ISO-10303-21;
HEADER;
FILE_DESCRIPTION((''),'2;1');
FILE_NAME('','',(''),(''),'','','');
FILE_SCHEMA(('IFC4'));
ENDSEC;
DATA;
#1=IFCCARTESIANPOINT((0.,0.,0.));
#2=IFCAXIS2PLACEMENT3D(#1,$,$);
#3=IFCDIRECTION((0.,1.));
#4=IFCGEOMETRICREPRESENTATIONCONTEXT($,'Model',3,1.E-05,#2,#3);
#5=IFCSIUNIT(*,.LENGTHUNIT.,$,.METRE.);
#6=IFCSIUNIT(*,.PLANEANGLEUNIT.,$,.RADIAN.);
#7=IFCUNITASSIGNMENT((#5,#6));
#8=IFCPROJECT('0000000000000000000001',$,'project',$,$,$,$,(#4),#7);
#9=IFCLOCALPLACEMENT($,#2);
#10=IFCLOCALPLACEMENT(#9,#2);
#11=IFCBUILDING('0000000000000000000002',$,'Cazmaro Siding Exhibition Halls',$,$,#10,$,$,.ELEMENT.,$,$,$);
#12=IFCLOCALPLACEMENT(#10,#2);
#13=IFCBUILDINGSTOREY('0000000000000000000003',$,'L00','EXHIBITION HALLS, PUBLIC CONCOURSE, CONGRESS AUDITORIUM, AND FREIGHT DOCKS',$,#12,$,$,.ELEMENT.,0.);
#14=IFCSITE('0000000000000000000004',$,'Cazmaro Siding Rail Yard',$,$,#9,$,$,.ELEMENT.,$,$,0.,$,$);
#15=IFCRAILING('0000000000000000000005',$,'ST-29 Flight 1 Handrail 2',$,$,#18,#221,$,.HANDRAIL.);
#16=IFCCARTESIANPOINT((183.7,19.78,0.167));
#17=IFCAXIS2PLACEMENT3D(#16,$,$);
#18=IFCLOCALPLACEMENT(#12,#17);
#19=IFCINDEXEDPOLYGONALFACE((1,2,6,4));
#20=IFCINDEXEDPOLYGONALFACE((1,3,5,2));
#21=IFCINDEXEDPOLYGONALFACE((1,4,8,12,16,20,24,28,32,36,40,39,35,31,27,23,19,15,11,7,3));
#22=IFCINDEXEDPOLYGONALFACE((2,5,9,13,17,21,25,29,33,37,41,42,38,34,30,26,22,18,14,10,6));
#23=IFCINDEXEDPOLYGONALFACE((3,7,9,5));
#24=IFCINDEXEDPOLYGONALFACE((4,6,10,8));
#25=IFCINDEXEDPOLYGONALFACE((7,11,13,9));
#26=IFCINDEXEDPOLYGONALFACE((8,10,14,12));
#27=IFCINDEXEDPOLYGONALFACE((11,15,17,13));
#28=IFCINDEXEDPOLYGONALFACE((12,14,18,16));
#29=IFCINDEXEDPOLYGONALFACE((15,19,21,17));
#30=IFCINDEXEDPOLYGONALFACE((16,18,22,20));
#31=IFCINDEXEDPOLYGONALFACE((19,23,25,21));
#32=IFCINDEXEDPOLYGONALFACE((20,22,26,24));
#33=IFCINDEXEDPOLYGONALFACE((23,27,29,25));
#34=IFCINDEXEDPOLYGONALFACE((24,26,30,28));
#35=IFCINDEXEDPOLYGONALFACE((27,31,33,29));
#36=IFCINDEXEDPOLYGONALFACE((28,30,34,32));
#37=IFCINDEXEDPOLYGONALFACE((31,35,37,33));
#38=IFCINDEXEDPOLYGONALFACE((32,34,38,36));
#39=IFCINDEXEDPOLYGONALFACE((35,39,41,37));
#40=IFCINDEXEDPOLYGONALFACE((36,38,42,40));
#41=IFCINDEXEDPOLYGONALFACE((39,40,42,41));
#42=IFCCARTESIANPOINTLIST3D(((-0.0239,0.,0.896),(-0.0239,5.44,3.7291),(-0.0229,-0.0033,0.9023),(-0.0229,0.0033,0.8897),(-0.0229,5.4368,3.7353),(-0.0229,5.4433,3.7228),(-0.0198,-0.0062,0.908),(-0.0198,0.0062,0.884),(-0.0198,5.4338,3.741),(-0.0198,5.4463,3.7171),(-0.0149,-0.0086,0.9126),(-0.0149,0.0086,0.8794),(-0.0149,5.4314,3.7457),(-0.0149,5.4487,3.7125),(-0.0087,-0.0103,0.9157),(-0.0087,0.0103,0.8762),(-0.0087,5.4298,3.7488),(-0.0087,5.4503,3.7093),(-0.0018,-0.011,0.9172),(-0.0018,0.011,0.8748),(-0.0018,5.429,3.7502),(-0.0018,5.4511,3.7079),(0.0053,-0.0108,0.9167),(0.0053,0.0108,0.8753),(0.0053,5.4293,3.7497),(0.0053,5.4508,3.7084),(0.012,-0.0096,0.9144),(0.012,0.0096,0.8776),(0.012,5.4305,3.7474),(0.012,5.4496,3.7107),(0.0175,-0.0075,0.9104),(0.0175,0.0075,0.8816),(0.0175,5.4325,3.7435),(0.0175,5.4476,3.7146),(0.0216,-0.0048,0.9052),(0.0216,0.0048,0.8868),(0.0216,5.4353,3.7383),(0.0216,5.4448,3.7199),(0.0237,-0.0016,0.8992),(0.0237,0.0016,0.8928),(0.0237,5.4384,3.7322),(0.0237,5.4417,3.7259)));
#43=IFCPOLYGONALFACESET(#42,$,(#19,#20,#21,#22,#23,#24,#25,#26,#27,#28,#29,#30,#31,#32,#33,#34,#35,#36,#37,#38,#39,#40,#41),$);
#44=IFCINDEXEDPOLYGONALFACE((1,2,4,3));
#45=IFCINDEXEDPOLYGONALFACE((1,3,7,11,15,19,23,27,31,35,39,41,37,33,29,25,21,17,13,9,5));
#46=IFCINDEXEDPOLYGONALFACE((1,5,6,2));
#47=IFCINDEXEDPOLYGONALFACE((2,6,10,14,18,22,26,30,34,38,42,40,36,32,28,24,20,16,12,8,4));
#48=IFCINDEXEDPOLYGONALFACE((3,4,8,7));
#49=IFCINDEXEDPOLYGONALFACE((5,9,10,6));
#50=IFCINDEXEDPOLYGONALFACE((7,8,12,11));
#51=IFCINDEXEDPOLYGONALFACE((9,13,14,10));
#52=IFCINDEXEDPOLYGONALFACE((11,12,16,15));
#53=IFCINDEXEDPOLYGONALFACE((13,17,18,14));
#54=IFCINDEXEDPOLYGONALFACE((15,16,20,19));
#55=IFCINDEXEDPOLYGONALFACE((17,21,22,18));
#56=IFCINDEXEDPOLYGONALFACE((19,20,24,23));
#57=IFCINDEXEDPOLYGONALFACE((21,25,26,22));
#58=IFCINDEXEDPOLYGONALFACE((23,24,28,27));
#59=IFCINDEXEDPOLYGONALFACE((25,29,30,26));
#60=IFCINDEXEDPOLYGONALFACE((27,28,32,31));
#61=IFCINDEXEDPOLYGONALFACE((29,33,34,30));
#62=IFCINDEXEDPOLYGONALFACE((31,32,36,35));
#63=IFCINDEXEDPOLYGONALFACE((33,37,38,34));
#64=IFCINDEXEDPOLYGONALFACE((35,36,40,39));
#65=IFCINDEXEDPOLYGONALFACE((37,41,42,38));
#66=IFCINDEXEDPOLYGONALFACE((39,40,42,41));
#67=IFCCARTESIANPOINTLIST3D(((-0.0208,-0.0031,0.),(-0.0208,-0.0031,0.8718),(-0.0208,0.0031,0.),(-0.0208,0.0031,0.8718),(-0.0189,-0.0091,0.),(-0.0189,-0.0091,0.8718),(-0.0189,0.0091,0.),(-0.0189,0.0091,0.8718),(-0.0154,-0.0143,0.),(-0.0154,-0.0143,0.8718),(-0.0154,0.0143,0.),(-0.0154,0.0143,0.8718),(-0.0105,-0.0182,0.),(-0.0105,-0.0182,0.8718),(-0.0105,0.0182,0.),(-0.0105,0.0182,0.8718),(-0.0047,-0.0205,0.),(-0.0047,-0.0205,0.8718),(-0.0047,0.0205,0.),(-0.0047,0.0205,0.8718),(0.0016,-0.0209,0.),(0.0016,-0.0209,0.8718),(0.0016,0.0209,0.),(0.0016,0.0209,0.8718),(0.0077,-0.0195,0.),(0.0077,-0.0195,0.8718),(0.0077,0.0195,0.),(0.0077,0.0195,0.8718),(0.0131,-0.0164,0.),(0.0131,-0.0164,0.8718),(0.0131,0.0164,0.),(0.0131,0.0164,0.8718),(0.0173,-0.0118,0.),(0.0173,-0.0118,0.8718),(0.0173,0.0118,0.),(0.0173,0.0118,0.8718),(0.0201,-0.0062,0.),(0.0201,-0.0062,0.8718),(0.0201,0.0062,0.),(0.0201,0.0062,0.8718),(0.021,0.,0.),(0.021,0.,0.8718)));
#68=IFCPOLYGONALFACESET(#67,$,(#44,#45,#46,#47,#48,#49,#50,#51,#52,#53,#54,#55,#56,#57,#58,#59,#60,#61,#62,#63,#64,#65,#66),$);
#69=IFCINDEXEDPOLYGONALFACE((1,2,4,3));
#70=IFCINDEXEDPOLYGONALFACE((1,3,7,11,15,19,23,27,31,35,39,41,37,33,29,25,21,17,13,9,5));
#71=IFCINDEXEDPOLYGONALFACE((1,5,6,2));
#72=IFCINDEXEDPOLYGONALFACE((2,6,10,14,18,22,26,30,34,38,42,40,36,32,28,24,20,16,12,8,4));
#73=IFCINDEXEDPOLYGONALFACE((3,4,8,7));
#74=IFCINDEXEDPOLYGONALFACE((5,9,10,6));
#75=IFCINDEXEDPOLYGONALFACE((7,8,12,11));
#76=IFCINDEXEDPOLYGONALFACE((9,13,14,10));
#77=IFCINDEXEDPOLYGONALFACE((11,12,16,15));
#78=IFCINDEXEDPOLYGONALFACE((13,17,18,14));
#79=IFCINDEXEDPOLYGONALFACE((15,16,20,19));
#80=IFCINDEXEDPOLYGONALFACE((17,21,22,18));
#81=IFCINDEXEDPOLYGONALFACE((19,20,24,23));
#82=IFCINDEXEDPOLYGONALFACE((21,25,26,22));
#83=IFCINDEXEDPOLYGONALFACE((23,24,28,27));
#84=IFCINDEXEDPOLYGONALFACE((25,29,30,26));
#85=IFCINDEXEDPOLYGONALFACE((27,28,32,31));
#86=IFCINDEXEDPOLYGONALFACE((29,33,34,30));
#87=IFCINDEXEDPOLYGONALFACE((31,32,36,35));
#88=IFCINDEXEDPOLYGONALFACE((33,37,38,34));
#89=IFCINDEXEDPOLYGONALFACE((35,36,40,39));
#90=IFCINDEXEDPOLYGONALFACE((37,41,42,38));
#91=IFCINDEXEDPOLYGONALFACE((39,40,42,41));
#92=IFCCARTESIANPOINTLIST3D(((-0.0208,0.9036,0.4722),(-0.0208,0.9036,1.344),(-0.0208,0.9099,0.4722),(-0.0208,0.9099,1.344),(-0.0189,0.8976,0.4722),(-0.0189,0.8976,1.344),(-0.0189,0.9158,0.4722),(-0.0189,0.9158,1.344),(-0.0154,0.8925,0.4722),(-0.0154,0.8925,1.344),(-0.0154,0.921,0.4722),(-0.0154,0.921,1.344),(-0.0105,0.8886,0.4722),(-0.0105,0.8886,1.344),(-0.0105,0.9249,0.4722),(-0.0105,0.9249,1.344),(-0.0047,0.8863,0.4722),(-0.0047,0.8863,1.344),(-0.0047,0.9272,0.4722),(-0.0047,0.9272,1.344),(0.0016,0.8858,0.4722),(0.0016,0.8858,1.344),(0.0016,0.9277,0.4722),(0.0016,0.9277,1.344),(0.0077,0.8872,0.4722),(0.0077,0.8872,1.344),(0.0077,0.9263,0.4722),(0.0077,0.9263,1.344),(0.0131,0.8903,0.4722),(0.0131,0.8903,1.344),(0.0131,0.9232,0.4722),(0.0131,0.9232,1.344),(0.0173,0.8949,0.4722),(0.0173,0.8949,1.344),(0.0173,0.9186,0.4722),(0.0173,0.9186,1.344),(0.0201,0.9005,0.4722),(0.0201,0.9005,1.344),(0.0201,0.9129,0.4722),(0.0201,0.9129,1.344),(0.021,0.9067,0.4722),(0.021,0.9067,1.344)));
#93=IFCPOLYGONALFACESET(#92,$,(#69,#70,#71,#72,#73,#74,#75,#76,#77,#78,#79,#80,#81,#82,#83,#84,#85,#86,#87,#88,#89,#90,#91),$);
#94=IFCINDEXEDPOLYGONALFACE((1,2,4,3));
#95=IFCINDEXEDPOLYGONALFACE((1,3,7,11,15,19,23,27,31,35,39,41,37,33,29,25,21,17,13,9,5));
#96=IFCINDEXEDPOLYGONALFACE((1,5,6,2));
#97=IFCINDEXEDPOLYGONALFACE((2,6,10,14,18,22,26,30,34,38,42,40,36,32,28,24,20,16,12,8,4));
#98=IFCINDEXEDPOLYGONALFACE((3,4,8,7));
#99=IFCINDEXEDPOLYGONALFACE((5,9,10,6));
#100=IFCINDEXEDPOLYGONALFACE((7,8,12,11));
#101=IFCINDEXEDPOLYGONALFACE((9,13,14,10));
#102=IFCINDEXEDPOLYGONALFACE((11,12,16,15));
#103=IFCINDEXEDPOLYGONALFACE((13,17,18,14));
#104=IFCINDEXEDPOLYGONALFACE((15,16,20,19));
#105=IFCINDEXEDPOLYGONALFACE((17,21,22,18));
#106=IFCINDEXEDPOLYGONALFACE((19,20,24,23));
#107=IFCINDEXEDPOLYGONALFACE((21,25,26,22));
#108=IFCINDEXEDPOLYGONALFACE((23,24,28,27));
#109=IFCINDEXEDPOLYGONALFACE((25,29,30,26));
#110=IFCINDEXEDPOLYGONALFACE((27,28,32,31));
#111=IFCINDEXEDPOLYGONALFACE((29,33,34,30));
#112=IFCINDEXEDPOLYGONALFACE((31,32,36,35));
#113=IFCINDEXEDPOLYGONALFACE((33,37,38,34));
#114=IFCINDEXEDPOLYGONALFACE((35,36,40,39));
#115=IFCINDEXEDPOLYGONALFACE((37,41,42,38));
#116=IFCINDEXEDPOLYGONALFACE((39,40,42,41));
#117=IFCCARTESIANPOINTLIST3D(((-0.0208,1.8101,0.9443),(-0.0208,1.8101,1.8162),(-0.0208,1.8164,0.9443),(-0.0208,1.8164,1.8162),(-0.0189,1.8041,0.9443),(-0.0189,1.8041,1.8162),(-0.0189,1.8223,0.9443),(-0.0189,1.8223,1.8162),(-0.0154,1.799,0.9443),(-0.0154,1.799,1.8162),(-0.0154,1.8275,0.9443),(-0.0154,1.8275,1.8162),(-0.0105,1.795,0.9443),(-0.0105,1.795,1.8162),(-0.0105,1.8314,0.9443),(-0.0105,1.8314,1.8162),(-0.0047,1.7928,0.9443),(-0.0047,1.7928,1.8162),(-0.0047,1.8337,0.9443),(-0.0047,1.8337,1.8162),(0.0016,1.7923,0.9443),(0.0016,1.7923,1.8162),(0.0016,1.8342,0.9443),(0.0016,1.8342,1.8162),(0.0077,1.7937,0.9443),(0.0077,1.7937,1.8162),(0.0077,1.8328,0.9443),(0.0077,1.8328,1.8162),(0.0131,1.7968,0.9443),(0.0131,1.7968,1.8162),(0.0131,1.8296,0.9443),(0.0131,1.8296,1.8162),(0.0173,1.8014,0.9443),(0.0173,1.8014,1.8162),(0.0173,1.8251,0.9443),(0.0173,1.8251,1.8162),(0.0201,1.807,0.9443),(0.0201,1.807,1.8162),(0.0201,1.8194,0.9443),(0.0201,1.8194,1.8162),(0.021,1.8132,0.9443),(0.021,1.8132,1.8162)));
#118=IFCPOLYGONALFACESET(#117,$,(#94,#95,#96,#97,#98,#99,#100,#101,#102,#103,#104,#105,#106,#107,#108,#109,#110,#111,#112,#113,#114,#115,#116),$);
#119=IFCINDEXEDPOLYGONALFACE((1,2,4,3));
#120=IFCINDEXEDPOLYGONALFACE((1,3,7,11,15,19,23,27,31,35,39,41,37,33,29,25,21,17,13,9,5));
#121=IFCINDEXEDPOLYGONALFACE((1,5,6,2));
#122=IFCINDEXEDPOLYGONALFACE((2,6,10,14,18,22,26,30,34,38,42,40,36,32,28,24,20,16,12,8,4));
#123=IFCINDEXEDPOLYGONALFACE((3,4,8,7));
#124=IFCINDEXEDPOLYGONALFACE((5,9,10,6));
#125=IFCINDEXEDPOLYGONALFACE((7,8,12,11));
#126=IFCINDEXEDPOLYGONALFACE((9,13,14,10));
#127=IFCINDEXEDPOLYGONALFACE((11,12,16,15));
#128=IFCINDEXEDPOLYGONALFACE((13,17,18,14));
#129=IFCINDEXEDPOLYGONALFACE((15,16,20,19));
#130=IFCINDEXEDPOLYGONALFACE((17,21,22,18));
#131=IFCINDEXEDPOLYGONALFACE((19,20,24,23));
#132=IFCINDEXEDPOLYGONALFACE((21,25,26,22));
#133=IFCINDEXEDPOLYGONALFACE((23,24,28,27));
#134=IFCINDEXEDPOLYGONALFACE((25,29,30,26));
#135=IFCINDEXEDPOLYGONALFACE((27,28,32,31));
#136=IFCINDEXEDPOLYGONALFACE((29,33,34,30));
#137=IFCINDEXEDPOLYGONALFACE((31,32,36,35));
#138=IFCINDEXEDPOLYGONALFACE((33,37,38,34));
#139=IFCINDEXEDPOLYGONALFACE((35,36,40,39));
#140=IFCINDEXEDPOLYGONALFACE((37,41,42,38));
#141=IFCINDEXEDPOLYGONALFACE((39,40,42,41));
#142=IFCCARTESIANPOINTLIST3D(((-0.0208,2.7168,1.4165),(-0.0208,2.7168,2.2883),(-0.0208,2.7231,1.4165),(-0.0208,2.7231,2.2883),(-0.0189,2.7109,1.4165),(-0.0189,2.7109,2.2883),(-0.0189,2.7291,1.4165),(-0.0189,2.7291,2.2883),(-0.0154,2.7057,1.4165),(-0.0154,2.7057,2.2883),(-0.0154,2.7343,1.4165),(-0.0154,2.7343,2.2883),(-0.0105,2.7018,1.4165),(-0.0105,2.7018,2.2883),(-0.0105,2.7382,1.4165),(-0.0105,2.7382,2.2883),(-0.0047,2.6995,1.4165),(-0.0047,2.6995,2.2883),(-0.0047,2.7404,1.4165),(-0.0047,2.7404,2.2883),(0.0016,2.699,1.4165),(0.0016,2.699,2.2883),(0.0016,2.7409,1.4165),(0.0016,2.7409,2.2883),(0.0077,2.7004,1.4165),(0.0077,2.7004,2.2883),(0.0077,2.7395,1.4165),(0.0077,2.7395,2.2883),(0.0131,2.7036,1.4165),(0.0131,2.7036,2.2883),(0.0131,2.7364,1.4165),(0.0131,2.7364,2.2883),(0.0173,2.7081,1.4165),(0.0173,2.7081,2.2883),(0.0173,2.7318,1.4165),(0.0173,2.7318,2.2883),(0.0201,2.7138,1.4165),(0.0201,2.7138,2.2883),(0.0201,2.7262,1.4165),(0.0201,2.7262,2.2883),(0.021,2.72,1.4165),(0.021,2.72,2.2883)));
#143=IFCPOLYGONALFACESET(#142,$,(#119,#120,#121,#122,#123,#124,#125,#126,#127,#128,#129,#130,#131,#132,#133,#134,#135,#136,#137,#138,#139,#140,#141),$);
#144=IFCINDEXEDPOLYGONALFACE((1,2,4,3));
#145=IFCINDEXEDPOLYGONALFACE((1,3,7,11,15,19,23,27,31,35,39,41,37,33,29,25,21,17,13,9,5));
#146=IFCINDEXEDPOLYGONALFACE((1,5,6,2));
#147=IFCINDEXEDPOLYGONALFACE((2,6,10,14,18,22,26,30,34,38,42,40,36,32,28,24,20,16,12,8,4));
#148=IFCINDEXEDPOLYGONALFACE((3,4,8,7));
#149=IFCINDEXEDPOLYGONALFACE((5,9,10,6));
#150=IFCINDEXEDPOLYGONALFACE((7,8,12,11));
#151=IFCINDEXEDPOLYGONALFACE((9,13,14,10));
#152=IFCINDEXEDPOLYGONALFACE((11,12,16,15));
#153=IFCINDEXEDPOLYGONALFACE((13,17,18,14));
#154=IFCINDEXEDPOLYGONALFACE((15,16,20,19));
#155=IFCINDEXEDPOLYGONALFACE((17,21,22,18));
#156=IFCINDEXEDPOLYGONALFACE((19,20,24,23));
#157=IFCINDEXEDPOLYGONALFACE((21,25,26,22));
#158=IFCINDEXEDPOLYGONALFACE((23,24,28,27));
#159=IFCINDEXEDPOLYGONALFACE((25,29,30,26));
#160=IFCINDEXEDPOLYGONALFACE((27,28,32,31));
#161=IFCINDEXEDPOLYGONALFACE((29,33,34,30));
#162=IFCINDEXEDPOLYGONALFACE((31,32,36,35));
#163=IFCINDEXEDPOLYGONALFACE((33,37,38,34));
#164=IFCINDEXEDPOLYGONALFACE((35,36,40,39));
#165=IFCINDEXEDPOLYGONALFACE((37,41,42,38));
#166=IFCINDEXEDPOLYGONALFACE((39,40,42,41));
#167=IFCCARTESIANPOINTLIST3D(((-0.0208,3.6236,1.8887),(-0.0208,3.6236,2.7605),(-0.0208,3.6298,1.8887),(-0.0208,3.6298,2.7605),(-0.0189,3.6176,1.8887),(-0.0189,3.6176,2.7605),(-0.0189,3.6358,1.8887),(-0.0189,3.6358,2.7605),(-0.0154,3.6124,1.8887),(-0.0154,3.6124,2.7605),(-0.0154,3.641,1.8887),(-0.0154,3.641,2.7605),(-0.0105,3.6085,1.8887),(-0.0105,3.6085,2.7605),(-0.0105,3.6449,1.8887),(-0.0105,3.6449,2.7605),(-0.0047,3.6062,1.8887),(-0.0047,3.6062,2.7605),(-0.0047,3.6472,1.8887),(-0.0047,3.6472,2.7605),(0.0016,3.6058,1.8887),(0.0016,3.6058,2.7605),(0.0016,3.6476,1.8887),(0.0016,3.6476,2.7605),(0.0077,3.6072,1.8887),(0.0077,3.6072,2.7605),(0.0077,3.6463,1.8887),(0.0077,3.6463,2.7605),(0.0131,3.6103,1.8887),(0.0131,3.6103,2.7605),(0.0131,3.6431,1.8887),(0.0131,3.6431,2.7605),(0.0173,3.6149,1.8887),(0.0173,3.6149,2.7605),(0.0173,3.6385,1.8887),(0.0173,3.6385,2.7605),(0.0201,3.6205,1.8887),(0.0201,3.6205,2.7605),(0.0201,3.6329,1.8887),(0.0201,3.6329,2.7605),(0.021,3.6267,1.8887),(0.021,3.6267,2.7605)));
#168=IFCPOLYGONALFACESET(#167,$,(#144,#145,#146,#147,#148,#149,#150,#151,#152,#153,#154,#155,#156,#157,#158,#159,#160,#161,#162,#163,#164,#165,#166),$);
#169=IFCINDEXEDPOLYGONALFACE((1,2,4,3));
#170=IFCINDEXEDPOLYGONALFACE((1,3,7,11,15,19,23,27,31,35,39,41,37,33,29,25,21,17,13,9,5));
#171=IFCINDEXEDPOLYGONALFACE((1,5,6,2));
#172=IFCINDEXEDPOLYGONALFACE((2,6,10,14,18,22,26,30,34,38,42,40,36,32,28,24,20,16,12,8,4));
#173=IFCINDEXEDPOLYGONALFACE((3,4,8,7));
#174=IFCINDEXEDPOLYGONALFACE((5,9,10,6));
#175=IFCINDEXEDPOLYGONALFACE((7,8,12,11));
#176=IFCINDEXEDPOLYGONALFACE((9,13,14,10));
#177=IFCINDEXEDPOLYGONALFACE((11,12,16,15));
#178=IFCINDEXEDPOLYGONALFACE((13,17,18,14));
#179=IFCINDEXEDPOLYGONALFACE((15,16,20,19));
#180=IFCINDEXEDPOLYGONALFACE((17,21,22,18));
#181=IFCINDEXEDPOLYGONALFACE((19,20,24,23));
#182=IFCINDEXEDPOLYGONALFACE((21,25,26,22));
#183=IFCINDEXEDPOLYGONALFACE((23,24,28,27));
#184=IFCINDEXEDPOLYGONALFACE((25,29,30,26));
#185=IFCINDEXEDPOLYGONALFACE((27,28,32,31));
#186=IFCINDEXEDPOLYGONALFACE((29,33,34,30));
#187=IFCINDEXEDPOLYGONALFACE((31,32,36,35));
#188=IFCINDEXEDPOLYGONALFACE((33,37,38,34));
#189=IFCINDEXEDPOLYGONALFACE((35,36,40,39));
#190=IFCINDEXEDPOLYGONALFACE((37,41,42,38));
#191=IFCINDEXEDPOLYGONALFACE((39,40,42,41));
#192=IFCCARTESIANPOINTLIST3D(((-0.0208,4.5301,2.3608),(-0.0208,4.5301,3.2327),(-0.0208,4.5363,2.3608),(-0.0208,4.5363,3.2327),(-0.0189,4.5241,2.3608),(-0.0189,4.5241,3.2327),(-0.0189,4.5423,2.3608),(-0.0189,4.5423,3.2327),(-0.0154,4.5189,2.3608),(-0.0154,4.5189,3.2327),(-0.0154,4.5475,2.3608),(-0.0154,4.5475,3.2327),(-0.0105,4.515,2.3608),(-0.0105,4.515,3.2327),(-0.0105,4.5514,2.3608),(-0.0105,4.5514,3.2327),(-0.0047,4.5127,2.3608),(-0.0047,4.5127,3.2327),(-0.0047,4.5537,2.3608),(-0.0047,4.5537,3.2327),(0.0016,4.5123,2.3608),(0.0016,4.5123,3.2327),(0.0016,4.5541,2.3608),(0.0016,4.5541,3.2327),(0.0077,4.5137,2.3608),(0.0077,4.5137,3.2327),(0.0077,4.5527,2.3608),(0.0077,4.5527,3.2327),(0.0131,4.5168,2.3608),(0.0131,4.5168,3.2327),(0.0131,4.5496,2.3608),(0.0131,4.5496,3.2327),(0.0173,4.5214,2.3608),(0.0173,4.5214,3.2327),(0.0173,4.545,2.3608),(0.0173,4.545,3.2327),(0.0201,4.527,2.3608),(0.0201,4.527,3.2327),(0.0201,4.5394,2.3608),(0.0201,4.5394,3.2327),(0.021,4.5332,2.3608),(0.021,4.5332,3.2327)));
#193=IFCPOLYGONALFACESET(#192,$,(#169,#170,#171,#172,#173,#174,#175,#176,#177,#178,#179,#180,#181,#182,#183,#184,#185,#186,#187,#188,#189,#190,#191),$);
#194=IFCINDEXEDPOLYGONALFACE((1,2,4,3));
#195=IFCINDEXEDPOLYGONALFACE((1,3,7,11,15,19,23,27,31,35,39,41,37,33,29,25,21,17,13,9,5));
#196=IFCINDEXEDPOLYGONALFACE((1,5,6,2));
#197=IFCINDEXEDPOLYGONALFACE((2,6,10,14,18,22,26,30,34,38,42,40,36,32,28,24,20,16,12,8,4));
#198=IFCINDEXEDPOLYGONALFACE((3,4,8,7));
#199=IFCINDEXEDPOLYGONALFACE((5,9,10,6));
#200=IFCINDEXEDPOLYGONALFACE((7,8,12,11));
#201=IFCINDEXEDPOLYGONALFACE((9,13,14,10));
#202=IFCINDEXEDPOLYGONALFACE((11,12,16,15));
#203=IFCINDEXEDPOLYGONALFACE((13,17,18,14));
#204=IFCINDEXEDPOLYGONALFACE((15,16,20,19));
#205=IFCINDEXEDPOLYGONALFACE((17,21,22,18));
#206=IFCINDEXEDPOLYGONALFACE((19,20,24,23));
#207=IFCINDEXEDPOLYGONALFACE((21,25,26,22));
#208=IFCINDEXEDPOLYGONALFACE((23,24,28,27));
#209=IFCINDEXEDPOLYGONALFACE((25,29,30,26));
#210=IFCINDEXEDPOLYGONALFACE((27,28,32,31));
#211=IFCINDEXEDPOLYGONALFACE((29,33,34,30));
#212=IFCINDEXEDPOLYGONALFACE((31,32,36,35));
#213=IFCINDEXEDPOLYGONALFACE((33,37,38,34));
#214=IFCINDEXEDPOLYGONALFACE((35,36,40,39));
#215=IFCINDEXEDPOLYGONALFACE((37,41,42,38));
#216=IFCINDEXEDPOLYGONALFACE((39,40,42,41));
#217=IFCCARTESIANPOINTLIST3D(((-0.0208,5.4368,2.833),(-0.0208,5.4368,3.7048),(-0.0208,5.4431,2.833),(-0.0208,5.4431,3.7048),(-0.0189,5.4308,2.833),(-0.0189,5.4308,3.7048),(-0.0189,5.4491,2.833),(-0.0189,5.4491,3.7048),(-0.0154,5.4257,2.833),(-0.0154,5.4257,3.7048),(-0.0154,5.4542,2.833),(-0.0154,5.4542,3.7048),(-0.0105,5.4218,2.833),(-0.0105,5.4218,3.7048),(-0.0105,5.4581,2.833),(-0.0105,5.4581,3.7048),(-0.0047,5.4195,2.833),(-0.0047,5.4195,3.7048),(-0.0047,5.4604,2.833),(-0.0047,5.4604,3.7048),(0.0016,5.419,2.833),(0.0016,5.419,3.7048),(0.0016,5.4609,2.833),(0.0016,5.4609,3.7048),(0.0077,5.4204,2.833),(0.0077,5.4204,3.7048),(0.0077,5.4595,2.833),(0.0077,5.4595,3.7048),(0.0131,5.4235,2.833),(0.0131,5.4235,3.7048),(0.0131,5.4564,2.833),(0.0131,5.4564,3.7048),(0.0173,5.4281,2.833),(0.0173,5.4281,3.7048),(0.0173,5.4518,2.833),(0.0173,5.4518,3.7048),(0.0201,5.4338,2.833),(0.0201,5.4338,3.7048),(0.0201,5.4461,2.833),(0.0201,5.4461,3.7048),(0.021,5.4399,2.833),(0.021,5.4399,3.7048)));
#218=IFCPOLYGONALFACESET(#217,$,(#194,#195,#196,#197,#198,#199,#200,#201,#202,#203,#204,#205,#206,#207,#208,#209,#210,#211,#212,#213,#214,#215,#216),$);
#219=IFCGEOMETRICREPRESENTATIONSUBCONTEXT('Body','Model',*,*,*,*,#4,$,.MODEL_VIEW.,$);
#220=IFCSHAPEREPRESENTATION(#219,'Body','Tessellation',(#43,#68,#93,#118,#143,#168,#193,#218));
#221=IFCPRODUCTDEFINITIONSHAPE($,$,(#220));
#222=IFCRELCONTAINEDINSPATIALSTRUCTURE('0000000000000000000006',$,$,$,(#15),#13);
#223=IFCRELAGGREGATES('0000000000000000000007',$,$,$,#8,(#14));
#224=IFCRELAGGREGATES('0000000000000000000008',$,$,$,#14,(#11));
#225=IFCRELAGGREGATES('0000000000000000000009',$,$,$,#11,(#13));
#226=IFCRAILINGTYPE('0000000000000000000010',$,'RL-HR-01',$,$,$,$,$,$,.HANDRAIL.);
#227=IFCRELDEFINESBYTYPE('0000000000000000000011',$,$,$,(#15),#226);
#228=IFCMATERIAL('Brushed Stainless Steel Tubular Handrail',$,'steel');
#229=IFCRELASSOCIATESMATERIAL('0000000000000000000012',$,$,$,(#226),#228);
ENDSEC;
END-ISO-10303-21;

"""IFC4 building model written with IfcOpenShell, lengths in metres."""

from ifc_helpers import new_model, si_unit, direction, frame, origin, origin_2d, place, context, subcontext, project, spatial, circle, extrude, material, type_object, element, save


model = new_model("IFC4")

# Units and contexts
model_context = context("Model", 3, precision=1e-05, world=origin(), true_north=direction((0.0, 1.0)))
body_context = subcontext(model_context, "Body", "Model", "MODEL_VIEW")
ifc_project = project(units=[si_unit("LENGTHUNIT", "METRE"), si_unit("PLANEANGLEUNIT", "RADIAN")], contexts=[model_context])

# Site, building, storey
site_placement = place(None, origin())
site = spatial("IfcSite", under=ifc_project, at=site_placement, Name="Cazmaro Siding Rail Yard", CompositionType="ELEMENT", RefElevation=0.0)
building_placement = place(site_placement, origin())
building = spatial("IfcBuilding", under=site, at=building_placement, Name="Cazmaro Siding Exhibition Halls", CompositionType="ELEMENT")
storey_placement = place(building_placement, origin())
storey = spatial("IfcBuildingStorey", under=building, at=storey_placement, Name="L00", Description="EXHIBITION HALLS, PUBLIC CONCOURSE, CONGRESS AUDITORIUM, AND FREIGHT DOCKS", CompositionType="ELEMENT", Elevation=0.0)

# Railing
ifc_material_1 = material(Name="Brushed Stainless Steel Tubular Handrail", Category="steel")
railing_type_1 = type_object("IfcRailingType", Name="RL-HR-01", PredefinedType="HANDRAIL", material=ifc_material_1)
railing_1_placement = place(storey_placement, frame((183.7, 19.78, 0.167)))
element("IfcRailing", 1, at=railing_1_placement, inside=storey, type_object=railing_type_1, Name="ST-29 Flight 1 Handrail 2", PredefinedType="HANDRAIL", context=body_context, shape_type="SweptSolid", body=[
    extrude(circle(Radius=0.0239, at=origin_2d()), frame((0.0, 0.0, 0.896), z_axis=(0.0, 0.886934, 0.461897), x_axis=(-1.0, 0.0, 0.0)), (0.0, 0.0, 1.0), 6.1335),
    extrude(circle(Radius=0.021, at=origin_2d()), origin(), (0.0, 0.0, 1.0), 0.8718),
    extrude(circle(Radius=0.021, at=origin_2d()), frame((0.0, 0.9067, 0.4722)), (0.0, 0.0, 1.0), 0.8718),
    extrude(circle(Radius=0.021, at=origin_2d()), frame((0.0, 1.8132, 0.9443)), (0.0, 0.0, 1.0), 0.8718),
    extrude(circle(Radius=0.021, at=origin_2d()), frame((0.0, 2.72, 1.4165)), (0.0, 0.0, 1.0), 0.8718),
    extrude(circle(Radius=0.021, at=origin_2d()), frame((0.0, 3.6267, 1.8887)), (0.0, 0.0, 1.0), 0.8718),
    extrude(circle(Radius=0.021, at=origin_2d()), frame((0.0, 4.5332, 2.3608)), (0.0, 0.0, 1.0), 0.8718),
    extrude(circle(Radius=0.021, at=origin_2d()), frame((0.0, 5.4399, 2.833)), (0.0, 0.0, 1.0), 0.8718),
])

save(model, "model.ifc")
